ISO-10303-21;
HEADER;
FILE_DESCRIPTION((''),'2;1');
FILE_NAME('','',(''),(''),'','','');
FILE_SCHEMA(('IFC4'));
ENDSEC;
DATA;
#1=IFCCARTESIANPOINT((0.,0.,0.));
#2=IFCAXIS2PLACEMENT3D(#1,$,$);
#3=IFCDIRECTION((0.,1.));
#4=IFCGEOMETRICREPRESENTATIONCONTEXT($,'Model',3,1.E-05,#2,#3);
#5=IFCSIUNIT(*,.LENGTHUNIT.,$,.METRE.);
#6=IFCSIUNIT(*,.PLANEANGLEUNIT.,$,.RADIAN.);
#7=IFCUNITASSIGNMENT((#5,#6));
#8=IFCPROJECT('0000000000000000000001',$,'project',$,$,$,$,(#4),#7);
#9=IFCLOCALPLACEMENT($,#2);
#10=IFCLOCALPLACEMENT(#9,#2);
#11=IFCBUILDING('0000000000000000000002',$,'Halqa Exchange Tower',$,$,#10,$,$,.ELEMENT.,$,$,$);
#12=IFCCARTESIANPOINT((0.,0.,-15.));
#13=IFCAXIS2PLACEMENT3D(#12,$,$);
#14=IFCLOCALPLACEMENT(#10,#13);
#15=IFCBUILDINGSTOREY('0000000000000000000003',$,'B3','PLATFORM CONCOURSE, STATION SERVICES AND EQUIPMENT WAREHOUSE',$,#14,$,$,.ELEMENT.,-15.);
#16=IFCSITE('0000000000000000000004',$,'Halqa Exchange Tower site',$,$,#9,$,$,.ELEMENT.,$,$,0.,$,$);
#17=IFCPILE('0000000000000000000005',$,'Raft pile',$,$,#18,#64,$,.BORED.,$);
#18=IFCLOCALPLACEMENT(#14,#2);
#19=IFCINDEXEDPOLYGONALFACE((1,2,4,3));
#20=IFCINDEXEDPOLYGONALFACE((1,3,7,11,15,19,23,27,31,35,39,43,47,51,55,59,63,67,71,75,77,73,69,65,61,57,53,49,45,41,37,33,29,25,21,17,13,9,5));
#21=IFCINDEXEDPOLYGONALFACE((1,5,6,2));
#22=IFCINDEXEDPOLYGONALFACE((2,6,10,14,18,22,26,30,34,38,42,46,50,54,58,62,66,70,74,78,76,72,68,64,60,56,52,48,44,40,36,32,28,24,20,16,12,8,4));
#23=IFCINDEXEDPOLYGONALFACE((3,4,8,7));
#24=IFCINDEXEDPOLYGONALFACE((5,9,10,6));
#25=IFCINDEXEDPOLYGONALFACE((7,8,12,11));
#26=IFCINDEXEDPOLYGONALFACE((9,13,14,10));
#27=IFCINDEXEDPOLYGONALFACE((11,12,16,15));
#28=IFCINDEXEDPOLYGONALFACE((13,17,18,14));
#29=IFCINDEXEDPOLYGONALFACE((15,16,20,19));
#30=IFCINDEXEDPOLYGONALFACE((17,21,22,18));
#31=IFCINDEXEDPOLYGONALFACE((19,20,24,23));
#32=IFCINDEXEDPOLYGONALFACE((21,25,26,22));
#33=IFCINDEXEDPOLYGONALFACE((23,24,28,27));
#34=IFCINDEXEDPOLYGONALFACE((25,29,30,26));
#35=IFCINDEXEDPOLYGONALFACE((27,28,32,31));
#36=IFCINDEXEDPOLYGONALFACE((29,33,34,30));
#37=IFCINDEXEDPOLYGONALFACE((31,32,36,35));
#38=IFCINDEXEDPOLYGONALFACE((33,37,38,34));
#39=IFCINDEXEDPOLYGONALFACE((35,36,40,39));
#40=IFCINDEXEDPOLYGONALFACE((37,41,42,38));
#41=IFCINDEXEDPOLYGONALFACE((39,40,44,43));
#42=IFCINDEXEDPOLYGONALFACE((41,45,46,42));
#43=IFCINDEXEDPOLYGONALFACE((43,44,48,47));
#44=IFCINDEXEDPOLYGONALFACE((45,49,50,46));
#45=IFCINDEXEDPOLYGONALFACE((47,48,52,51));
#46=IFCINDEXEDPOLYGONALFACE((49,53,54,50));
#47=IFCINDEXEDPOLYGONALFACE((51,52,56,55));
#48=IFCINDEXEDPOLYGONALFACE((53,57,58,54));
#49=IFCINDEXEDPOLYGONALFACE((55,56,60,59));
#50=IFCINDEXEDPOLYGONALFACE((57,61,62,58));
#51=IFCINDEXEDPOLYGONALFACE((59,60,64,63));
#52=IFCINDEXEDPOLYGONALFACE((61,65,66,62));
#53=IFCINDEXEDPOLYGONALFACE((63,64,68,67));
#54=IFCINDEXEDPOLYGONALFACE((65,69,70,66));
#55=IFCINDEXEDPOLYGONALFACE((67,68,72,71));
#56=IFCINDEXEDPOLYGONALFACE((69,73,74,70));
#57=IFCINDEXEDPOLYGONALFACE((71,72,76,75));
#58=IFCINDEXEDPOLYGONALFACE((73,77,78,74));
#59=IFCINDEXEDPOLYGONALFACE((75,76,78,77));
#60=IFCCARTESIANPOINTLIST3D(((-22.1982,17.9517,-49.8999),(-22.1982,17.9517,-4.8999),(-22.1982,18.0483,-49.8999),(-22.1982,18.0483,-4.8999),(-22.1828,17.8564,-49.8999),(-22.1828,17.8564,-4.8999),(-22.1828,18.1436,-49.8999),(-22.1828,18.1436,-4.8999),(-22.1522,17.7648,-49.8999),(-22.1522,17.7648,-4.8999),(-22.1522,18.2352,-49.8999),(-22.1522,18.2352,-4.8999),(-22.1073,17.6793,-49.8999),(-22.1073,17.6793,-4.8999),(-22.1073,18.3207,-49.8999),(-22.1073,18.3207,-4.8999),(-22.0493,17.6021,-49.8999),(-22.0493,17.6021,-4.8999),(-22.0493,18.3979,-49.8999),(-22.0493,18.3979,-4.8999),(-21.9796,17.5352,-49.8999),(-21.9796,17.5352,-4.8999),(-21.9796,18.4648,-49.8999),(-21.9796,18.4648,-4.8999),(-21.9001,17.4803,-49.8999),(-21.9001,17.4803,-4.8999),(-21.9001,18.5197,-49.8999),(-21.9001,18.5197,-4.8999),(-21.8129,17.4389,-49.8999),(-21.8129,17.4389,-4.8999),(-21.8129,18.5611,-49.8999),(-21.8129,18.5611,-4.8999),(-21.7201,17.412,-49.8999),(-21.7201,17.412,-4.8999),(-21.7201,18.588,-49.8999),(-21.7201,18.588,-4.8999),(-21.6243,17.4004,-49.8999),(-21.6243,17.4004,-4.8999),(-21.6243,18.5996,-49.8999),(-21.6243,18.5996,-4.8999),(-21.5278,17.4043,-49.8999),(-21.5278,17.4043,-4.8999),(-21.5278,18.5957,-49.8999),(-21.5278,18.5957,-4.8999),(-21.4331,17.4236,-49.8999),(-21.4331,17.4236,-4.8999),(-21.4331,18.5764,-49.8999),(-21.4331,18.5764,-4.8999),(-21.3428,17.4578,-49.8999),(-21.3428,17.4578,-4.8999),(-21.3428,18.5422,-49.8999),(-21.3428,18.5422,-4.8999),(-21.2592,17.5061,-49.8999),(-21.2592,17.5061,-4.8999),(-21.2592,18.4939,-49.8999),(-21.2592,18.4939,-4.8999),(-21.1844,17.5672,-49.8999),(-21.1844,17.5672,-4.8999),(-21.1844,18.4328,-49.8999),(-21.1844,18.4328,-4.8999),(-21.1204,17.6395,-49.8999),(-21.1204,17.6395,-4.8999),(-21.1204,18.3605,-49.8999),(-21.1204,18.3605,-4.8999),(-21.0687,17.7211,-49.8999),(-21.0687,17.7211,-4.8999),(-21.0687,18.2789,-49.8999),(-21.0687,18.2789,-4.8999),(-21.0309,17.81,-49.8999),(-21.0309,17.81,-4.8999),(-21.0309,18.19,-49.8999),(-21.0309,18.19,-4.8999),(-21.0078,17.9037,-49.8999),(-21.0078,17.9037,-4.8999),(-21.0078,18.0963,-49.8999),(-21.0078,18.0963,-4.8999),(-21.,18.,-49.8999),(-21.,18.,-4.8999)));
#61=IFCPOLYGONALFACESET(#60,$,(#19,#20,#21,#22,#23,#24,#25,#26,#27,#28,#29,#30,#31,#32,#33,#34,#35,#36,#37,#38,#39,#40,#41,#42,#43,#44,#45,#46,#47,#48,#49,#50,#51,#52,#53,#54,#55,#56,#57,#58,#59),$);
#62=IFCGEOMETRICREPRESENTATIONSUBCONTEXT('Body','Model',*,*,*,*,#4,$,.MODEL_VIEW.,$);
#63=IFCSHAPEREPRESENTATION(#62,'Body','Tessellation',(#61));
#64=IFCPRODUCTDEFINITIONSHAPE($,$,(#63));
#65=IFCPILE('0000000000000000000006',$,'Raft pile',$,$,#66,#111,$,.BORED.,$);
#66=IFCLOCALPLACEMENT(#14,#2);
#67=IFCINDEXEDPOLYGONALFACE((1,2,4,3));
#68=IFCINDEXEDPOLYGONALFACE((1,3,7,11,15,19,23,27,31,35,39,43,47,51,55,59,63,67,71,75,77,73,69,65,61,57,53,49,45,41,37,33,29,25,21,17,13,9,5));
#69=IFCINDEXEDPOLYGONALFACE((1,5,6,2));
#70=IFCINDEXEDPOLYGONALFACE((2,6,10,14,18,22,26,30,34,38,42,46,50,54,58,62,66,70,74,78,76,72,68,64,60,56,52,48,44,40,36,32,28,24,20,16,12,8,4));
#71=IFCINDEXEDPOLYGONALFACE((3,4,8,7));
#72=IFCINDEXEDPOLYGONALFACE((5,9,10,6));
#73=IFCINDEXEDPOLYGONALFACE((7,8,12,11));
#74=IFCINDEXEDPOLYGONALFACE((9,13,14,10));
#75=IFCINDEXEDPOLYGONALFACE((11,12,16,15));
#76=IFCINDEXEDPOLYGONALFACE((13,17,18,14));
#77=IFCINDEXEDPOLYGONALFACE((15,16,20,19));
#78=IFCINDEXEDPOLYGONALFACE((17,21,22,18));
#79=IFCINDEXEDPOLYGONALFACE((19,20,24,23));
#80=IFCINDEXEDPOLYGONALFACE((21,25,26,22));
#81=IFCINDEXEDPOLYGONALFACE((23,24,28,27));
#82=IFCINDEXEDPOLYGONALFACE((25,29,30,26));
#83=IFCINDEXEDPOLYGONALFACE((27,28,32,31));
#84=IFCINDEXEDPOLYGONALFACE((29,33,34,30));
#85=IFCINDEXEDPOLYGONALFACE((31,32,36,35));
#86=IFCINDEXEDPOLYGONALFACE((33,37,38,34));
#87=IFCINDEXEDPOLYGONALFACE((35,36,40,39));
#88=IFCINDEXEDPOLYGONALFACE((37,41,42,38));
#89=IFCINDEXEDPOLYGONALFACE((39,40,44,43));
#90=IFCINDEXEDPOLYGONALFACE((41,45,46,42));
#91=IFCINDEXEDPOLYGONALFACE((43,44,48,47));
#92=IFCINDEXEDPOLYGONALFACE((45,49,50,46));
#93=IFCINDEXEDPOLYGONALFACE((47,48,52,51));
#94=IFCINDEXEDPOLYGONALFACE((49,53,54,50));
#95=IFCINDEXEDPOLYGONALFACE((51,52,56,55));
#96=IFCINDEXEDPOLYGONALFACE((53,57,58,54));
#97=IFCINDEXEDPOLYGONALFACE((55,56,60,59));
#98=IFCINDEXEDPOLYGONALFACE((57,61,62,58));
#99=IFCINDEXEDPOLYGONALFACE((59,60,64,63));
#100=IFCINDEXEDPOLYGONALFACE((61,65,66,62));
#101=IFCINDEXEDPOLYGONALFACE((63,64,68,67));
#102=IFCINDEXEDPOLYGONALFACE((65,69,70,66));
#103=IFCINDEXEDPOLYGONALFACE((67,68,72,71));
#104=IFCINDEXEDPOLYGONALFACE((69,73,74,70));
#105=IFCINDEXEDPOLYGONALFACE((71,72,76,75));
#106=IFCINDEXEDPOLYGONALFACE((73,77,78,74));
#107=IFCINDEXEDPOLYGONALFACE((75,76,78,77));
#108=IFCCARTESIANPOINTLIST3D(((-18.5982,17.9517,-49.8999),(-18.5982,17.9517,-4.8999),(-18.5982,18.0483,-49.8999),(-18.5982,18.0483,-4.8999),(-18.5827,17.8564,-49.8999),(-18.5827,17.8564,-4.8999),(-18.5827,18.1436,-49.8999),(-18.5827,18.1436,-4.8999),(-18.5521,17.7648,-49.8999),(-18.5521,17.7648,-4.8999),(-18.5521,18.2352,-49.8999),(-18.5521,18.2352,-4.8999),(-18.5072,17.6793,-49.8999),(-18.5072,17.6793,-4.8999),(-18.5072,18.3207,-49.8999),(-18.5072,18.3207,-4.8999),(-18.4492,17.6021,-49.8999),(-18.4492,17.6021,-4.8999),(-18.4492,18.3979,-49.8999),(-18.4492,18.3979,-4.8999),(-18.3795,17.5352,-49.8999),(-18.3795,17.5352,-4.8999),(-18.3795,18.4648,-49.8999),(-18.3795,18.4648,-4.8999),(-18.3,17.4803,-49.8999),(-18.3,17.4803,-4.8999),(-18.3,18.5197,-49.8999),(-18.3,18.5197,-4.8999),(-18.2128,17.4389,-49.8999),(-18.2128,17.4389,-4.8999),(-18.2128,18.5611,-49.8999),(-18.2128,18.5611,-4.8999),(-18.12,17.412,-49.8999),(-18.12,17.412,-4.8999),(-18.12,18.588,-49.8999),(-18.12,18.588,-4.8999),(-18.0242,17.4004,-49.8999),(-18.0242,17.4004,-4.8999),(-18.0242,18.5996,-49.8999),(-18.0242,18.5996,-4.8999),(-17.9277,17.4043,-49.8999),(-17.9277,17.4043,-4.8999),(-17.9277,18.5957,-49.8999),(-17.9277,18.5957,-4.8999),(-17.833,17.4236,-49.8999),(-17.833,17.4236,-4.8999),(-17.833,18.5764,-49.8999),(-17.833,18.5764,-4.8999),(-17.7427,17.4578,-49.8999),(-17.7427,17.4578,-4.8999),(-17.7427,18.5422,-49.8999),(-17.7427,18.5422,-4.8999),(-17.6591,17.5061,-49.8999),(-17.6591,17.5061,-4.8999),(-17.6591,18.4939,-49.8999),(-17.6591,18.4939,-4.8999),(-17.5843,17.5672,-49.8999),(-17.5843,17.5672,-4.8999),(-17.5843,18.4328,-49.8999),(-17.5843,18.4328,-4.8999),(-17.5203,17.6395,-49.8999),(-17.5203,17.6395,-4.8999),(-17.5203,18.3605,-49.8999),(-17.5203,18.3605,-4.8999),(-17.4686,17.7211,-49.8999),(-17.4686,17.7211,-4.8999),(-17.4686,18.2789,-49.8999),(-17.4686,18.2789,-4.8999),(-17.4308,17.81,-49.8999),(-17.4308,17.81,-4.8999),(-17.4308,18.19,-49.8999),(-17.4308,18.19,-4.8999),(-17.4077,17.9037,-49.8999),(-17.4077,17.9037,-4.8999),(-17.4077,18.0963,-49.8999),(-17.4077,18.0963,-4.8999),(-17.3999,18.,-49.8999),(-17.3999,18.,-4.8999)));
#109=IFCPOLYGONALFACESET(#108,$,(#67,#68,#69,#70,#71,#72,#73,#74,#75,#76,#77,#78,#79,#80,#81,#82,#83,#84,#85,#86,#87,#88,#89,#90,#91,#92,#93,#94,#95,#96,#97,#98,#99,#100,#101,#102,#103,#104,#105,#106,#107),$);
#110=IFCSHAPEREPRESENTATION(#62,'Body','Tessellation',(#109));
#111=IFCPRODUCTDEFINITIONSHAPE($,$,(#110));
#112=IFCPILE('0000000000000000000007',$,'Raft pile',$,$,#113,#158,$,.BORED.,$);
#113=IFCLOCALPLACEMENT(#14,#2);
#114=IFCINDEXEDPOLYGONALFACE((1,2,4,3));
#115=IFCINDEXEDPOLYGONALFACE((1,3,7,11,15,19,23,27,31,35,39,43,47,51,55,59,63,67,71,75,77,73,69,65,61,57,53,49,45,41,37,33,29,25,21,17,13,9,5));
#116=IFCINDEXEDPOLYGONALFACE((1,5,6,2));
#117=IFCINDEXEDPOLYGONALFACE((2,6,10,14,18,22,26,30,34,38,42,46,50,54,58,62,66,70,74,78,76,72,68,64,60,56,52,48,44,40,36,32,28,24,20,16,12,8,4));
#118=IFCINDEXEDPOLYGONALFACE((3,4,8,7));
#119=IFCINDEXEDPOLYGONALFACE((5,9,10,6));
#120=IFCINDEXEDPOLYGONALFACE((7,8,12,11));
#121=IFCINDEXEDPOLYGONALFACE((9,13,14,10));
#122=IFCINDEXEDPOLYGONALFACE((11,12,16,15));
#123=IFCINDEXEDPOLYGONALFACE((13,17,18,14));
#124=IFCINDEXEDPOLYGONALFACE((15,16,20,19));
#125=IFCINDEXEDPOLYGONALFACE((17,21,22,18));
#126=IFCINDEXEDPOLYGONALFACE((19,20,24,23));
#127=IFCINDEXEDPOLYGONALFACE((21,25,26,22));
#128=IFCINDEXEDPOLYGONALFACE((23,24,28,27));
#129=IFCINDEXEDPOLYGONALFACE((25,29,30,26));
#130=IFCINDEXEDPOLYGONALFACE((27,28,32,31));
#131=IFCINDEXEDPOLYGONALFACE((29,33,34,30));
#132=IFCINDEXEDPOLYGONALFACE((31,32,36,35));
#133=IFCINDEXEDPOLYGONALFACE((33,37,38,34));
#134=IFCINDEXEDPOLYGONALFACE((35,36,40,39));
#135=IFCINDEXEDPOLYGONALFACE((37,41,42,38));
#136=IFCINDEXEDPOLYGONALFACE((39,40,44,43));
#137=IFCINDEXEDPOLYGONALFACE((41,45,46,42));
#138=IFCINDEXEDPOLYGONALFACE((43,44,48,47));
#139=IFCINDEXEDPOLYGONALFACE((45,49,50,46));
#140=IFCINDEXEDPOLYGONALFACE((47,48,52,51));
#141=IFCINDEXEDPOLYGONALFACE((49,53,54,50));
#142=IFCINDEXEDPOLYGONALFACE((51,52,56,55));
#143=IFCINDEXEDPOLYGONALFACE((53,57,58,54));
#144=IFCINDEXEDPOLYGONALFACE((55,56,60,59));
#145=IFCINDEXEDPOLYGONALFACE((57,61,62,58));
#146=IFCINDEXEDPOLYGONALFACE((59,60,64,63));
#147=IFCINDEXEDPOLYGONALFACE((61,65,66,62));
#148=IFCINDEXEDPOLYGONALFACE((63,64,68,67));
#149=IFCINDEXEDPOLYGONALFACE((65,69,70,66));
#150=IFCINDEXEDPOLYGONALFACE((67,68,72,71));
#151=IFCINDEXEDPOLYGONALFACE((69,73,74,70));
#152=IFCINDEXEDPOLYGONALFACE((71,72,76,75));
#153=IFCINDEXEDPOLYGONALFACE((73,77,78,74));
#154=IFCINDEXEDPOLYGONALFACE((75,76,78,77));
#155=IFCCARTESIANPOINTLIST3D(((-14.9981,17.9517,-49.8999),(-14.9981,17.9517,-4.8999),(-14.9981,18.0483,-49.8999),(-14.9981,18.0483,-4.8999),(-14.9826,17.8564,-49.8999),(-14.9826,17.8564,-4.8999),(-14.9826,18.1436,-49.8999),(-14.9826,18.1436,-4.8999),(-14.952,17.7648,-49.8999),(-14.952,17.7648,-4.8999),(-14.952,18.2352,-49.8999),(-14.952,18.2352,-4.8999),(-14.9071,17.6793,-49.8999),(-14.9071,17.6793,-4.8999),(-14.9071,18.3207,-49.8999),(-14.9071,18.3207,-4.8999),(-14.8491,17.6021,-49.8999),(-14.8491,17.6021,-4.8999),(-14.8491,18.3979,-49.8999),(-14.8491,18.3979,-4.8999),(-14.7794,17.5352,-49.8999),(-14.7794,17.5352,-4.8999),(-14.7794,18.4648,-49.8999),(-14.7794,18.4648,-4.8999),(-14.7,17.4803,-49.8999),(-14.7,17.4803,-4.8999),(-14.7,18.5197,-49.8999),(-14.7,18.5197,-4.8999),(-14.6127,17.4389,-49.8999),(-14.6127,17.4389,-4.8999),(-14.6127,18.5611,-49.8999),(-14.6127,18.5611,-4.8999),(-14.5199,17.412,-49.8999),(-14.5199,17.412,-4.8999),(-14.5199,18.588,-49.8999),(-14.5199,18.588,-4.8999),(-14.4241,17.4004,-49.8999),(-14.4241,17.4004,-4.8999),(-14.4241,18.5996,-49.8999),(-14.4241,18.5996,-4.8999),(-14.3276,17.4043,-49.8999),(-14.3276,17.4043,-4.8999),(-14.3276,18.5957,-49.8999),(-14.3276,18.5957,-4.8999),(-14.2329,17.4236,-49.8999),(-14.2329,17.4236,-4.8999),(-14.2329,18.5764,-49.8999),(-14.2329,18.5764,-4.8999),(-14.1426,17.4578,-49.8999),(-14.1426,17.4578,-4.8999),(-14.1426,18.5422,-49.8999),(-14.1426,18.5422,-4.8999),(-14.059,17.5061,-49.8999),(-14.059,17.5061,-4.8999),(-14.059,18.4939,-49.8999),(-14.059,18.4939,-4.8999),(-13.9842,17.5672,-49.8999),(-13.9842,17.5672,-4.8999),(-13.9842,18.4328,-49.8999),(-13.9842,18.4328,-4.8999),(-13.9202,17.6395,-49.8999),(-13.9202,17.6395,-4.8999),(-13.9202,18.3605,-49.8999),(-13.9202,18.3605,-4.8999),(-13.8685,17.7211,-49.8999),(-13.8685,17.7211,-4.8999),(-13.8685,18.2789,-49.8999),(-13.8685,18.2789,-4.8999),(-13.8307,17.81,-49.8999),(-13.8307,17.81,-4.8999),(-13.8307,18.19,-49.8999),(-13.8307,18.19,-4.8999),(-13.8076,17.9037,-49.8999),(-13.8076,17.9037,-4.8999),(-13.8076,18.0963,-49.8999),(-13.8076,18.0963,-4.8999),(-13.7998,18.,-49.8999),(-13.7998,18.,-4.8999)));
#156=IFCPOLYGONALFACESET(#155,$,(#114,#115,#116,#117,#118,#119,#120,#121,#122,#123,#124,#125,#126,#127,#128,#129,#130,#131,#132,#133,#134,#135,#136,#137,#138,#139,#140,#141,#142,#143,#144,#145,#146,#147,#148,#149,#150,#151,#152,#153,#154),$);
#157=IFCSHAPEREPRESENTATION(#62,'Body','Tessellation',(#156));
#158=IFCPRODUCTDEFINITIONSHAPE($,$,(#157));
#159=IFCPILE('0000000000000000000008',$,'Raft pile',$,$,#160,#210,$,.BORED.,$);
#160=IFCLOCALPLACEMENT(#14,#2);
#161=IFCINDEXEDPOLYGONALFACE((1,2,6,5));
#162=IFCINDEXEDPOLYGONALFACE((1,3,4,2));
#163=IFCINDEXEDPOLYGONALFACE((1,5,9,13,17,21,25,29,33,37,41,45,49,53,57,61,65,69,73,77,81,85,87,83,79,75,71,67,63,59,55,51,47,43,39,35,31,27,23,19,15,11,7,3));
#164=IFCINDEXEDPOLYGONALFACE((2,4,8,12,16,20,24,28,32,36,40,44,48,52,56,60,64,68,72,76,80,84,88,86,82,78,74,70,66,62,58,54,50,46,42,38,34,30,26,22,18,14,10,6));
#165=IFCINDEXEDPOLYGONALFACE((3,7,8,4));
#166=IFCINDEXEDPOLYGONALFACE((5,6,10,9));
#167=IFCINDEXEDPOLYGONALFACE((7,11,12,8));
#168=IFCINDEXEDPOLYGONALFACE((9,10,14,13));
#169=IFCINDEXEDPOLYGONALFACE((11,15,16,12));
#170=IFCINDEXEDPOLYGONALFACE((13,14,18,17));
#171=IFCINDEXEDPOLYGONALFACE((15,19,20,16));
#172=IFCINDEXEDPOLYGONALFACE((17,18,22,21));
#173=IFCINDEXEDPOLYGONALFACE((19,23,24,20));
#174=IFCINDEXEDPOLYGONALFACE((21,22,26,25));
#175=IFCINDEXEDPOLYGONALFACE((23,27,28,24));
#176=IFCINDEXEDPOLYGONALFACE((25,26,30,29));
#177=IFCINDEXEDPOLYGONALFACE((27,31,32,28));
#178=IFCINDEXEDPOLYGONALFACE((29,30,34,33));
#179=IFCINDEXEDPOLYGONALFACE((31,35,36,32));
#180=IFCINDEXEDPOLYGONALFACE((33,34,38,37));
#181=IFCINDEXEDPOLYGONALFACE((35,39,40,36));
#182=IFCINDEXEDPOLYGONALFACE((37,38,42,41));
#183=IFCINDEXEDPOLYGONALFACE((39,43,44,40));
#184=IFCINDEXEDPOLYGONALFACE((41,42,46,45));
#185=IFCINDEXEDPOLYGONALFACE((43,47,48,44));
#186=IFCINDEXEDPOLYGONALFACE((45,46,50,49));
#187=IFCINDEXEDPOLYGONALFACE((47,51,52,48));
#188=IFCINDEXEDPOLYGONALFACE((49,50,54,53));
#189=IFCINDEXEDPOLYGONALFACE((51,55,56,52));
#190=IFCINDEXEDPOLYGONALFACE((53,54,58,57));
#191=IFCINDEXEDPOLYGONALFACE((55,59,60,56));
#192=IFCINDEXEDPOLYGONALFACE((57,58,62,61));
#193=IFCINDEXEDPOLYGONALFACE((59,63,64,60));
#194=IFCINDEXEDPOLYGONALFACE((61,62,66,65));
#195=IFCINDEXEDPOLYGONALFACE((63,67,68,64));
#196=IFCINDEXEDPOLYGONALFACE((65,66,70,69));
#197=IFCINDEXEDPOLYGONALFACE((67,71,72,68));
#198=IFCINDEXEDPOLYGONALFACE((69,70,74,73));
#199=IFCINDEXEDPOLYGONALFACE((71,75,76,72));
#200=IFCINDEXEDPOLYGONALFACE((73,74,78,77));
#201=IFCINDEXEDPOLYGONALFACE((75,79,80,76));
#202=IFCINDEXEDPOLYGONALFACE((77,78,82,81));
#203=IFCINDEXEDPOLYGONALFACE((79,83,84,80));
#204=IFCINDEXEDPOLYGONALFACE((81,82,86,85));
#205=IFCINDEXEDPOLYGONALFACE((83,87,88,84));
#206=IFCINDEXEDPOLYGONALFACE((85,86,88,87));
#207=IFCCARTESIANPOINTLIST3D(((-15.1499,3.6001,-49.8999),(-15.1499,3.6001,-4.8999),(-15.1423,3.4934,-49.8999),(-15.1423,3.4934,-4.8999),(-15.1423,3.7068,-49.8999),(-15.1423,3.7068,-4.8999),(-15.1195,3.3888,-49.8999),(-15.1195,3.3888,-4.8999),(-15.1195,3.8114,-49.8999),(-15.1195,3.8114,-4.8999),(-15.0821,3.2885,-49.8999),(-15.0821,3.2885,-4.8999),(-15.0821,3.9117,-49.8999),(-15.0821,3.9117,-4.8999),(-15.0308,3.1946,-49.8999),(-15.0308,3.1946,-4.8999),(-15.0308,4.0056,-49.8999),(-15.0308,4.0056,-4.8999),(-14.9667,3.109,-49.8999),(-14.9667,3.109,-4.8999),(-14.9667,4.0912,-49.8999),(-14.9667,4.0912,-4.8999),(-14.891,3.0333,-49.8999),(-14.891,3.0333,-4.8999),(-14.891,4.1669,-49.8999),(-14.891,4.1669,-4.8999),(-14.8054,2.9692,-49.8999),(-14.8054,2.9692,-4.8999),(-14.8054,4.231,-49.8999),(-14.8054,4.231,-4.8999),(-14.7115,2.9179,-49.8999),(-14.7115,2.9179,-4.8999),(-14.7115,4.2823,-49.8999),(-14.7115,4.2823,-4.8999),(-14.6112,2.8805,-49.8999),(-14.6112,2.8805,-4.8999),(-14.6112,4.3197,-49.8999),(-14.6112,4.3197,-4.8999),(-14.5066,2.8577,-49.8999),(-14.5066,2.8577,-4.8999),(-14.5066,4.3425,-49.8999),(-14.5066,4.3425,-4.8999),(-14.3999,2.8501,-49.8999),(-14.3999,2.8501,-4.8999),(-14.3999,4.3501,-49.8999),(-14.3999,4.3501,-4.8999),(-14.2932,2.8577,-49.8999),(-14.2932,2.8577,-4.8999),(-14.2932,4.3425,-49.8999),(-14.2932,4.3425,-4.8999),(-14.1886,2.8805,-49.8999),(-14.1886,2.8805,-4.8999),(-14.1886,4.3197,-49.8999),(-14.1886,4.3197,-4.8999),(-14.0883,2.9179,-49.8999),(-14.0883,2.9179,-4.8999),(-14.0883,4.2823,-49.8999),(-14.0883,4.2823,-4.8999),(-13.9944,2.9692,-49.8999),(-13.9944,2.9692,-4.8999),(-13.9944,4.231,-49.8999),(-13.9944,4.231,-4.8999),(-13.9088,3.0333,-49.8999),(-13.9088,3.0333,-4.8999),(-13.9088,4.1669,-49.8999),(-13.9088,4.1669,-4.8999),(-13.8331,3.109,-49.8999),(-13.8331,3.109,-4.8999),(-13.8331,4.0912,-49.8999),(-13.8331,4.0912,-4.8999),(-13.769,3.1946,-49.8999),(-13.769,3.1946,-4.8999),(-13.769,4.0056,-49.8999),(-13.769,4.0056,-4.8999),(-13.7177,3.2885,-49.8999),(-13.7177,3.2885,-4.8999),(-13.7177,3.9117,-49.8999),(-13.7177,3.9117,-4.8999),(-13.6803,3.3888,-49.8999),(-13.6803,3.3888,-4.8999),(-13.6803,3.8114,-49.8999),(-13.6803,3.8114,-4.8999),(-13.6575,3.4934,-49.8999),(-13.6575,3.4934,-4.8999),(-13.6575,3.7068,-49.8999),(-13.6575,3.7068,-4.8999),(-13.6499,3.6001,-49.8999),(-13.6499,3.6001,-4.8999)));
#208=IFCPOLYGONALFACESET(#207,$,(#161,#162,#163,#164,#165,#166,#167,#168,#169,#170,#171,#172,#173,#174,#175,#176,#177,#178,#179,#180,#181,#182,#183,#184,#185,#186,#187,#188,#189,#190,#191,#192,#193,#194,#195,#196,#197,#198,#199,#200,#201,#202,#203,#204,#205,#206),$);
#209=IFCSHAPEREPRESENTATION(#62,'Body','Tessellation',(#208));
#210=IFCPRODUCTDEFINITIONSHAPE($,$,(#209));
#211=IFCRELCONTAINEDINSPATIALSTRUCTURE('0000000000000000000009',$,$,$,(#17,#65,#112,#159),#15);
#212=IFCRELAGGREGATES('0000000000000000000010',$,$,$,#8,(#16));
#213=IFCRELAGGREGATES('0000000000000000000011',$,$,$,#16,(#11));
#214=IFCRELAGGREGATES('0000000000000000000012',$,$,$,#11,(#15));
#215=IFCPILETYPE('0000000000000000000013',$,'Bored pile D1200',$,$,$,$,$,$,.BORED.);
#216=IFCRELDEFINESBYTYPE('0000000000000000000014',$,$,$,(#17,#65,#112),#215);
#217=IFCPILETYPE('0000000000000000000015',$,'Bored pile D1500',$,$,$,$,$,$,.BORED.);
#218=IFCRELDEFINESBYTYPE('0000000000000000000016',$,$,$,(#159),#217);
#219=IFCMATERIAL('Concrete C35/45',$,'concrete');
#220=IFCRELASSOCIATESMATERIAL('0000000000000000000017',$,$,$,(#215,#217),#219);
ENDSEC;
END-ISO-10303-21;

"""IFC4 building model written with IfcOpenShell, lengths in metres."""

from ifc_helpers import new_model, si_unit, direction, frame, origin, origin_2d, place, context, subcontext, project, spatial, circle, extrude, material, material_profile, profile_set, type_object, element, save


model = new_model("IFC4")

# Units and contexts
model_context = context("Model", 3, precision=1e-05, world=origin(), true_north=direction((0.0, 1.0)))
body_context = subcontext(model_context, "Body", "Model", "MODEL_VIEW")
ifc_project = project(units=[si_unit("LENGTHUNIT", "METRE"), si_unit("PLANEANGLEUNIT", "RADIAN")], contexts=[model_context])

# Site, building, storey
site_placement = place(None, origin())
site = spatial("IfcSite", under=ifc_project, at=site_placement, Name="Halqa Exchange Tower site", CompositionType="ELEMENT", RefElevation=0.0)
building_placement = place(site_placement, origin())
building = spatial("IfcBuilding", under=site, at=building_placement, Name="Halqa Exchange Tower", CompositionType="ELEMENT")
storey_placement = place(building_placement, frame((0.0, 0.0, -15.0)))
storey = spatial("IfcBuildingStorey", under=building, at=storey_placement, Name="B3", Description="PLATFORM CONCOURSE, STATION SERVICES AND EQUIPMENT WAREHOUSE", CompositionType="ELEMENT", Elevation=-15.0)

# Piles
ifc_material_1 = material(Name="Concrete C35/45", Category="concrete")
ifc_material_profile_1 = material_profile(ifc_material_1, circle(Radius=0.6001, at=origin_2d()), Name="D1200")
ifc_profile_set_1 = profile_set([ifc_material_profile_1], Name="Concrete C35/45")
pile_type_1 = type_object("IfcPileType", Name="Bored pile D1200", PredefinedType="BORED", material=ifc_profile_set_1)
for number, where, z_axis, x_axis, name in (
    (1, (-21.6001, 18.0, -4.8999), (0.0, 0.0, -1.0), (1.0, 0.0, 0.0), "Raft pile"),
    (2, (-18.0, 18.0, -4.8999), (0.0, 0.0, -1.0), (1.0, 0.0, 0.0), "Raft pile"),
    (3, (-14.3999, 18.0, -4.8999), (0.0, 0.0, -1.0), (1.0, 0.0, 0.0), "Raft pile"),
):
    element("IfcPile", number, at=place(storey_placement, frame(where, z_axis=z_axis, x_axis=x_axis)), inside=storey, type_object=pile_type_1, Name=name, PredefinedType="BORED", context=body_context, shape_type="SweptSolid", body=[
        extrude(circle(Radius=0.6001, at=origin_2d()), origin(), (0.0, 0.0, 1.0), 45.0),
    ])
ifc_material_profile_2 = material_profile(ifc_material_1, circle(Radius=0.75, at=origin_2d()), Name="D1500")
ifc_profile_set_2 = profile_set([ifc_material_profile_2], Name="Concrete C35/45")
pile_type_2 = type_object("IfcPileType", Name="Bored pile D1500", PredefinedType="BORED", material=ifc_profile_set_2)
for number, where, z_axis, x_axis, name in (
    (4, (-14.3999, 3.6001, -4.8999), (0.0, 0.0, -1.0), (1.0, 0.0, 0.0), "Raft pile"),
):
    element("IfcPile", number, at=place(storey_placement, frame(where, z_axis=z_axis, x_axis=x_axis)), inside=storey, type_object=pile_type_2, Name=name, PredefinedType="BORED", context=body_context, shape_type="SweptSolid", body=[
        extrude(circle(Radius=0.75, at=origin_2d()), origin(), (0.0, 0.0, 1.0), 45.0),
    ])

save(model, "model.ifc")
